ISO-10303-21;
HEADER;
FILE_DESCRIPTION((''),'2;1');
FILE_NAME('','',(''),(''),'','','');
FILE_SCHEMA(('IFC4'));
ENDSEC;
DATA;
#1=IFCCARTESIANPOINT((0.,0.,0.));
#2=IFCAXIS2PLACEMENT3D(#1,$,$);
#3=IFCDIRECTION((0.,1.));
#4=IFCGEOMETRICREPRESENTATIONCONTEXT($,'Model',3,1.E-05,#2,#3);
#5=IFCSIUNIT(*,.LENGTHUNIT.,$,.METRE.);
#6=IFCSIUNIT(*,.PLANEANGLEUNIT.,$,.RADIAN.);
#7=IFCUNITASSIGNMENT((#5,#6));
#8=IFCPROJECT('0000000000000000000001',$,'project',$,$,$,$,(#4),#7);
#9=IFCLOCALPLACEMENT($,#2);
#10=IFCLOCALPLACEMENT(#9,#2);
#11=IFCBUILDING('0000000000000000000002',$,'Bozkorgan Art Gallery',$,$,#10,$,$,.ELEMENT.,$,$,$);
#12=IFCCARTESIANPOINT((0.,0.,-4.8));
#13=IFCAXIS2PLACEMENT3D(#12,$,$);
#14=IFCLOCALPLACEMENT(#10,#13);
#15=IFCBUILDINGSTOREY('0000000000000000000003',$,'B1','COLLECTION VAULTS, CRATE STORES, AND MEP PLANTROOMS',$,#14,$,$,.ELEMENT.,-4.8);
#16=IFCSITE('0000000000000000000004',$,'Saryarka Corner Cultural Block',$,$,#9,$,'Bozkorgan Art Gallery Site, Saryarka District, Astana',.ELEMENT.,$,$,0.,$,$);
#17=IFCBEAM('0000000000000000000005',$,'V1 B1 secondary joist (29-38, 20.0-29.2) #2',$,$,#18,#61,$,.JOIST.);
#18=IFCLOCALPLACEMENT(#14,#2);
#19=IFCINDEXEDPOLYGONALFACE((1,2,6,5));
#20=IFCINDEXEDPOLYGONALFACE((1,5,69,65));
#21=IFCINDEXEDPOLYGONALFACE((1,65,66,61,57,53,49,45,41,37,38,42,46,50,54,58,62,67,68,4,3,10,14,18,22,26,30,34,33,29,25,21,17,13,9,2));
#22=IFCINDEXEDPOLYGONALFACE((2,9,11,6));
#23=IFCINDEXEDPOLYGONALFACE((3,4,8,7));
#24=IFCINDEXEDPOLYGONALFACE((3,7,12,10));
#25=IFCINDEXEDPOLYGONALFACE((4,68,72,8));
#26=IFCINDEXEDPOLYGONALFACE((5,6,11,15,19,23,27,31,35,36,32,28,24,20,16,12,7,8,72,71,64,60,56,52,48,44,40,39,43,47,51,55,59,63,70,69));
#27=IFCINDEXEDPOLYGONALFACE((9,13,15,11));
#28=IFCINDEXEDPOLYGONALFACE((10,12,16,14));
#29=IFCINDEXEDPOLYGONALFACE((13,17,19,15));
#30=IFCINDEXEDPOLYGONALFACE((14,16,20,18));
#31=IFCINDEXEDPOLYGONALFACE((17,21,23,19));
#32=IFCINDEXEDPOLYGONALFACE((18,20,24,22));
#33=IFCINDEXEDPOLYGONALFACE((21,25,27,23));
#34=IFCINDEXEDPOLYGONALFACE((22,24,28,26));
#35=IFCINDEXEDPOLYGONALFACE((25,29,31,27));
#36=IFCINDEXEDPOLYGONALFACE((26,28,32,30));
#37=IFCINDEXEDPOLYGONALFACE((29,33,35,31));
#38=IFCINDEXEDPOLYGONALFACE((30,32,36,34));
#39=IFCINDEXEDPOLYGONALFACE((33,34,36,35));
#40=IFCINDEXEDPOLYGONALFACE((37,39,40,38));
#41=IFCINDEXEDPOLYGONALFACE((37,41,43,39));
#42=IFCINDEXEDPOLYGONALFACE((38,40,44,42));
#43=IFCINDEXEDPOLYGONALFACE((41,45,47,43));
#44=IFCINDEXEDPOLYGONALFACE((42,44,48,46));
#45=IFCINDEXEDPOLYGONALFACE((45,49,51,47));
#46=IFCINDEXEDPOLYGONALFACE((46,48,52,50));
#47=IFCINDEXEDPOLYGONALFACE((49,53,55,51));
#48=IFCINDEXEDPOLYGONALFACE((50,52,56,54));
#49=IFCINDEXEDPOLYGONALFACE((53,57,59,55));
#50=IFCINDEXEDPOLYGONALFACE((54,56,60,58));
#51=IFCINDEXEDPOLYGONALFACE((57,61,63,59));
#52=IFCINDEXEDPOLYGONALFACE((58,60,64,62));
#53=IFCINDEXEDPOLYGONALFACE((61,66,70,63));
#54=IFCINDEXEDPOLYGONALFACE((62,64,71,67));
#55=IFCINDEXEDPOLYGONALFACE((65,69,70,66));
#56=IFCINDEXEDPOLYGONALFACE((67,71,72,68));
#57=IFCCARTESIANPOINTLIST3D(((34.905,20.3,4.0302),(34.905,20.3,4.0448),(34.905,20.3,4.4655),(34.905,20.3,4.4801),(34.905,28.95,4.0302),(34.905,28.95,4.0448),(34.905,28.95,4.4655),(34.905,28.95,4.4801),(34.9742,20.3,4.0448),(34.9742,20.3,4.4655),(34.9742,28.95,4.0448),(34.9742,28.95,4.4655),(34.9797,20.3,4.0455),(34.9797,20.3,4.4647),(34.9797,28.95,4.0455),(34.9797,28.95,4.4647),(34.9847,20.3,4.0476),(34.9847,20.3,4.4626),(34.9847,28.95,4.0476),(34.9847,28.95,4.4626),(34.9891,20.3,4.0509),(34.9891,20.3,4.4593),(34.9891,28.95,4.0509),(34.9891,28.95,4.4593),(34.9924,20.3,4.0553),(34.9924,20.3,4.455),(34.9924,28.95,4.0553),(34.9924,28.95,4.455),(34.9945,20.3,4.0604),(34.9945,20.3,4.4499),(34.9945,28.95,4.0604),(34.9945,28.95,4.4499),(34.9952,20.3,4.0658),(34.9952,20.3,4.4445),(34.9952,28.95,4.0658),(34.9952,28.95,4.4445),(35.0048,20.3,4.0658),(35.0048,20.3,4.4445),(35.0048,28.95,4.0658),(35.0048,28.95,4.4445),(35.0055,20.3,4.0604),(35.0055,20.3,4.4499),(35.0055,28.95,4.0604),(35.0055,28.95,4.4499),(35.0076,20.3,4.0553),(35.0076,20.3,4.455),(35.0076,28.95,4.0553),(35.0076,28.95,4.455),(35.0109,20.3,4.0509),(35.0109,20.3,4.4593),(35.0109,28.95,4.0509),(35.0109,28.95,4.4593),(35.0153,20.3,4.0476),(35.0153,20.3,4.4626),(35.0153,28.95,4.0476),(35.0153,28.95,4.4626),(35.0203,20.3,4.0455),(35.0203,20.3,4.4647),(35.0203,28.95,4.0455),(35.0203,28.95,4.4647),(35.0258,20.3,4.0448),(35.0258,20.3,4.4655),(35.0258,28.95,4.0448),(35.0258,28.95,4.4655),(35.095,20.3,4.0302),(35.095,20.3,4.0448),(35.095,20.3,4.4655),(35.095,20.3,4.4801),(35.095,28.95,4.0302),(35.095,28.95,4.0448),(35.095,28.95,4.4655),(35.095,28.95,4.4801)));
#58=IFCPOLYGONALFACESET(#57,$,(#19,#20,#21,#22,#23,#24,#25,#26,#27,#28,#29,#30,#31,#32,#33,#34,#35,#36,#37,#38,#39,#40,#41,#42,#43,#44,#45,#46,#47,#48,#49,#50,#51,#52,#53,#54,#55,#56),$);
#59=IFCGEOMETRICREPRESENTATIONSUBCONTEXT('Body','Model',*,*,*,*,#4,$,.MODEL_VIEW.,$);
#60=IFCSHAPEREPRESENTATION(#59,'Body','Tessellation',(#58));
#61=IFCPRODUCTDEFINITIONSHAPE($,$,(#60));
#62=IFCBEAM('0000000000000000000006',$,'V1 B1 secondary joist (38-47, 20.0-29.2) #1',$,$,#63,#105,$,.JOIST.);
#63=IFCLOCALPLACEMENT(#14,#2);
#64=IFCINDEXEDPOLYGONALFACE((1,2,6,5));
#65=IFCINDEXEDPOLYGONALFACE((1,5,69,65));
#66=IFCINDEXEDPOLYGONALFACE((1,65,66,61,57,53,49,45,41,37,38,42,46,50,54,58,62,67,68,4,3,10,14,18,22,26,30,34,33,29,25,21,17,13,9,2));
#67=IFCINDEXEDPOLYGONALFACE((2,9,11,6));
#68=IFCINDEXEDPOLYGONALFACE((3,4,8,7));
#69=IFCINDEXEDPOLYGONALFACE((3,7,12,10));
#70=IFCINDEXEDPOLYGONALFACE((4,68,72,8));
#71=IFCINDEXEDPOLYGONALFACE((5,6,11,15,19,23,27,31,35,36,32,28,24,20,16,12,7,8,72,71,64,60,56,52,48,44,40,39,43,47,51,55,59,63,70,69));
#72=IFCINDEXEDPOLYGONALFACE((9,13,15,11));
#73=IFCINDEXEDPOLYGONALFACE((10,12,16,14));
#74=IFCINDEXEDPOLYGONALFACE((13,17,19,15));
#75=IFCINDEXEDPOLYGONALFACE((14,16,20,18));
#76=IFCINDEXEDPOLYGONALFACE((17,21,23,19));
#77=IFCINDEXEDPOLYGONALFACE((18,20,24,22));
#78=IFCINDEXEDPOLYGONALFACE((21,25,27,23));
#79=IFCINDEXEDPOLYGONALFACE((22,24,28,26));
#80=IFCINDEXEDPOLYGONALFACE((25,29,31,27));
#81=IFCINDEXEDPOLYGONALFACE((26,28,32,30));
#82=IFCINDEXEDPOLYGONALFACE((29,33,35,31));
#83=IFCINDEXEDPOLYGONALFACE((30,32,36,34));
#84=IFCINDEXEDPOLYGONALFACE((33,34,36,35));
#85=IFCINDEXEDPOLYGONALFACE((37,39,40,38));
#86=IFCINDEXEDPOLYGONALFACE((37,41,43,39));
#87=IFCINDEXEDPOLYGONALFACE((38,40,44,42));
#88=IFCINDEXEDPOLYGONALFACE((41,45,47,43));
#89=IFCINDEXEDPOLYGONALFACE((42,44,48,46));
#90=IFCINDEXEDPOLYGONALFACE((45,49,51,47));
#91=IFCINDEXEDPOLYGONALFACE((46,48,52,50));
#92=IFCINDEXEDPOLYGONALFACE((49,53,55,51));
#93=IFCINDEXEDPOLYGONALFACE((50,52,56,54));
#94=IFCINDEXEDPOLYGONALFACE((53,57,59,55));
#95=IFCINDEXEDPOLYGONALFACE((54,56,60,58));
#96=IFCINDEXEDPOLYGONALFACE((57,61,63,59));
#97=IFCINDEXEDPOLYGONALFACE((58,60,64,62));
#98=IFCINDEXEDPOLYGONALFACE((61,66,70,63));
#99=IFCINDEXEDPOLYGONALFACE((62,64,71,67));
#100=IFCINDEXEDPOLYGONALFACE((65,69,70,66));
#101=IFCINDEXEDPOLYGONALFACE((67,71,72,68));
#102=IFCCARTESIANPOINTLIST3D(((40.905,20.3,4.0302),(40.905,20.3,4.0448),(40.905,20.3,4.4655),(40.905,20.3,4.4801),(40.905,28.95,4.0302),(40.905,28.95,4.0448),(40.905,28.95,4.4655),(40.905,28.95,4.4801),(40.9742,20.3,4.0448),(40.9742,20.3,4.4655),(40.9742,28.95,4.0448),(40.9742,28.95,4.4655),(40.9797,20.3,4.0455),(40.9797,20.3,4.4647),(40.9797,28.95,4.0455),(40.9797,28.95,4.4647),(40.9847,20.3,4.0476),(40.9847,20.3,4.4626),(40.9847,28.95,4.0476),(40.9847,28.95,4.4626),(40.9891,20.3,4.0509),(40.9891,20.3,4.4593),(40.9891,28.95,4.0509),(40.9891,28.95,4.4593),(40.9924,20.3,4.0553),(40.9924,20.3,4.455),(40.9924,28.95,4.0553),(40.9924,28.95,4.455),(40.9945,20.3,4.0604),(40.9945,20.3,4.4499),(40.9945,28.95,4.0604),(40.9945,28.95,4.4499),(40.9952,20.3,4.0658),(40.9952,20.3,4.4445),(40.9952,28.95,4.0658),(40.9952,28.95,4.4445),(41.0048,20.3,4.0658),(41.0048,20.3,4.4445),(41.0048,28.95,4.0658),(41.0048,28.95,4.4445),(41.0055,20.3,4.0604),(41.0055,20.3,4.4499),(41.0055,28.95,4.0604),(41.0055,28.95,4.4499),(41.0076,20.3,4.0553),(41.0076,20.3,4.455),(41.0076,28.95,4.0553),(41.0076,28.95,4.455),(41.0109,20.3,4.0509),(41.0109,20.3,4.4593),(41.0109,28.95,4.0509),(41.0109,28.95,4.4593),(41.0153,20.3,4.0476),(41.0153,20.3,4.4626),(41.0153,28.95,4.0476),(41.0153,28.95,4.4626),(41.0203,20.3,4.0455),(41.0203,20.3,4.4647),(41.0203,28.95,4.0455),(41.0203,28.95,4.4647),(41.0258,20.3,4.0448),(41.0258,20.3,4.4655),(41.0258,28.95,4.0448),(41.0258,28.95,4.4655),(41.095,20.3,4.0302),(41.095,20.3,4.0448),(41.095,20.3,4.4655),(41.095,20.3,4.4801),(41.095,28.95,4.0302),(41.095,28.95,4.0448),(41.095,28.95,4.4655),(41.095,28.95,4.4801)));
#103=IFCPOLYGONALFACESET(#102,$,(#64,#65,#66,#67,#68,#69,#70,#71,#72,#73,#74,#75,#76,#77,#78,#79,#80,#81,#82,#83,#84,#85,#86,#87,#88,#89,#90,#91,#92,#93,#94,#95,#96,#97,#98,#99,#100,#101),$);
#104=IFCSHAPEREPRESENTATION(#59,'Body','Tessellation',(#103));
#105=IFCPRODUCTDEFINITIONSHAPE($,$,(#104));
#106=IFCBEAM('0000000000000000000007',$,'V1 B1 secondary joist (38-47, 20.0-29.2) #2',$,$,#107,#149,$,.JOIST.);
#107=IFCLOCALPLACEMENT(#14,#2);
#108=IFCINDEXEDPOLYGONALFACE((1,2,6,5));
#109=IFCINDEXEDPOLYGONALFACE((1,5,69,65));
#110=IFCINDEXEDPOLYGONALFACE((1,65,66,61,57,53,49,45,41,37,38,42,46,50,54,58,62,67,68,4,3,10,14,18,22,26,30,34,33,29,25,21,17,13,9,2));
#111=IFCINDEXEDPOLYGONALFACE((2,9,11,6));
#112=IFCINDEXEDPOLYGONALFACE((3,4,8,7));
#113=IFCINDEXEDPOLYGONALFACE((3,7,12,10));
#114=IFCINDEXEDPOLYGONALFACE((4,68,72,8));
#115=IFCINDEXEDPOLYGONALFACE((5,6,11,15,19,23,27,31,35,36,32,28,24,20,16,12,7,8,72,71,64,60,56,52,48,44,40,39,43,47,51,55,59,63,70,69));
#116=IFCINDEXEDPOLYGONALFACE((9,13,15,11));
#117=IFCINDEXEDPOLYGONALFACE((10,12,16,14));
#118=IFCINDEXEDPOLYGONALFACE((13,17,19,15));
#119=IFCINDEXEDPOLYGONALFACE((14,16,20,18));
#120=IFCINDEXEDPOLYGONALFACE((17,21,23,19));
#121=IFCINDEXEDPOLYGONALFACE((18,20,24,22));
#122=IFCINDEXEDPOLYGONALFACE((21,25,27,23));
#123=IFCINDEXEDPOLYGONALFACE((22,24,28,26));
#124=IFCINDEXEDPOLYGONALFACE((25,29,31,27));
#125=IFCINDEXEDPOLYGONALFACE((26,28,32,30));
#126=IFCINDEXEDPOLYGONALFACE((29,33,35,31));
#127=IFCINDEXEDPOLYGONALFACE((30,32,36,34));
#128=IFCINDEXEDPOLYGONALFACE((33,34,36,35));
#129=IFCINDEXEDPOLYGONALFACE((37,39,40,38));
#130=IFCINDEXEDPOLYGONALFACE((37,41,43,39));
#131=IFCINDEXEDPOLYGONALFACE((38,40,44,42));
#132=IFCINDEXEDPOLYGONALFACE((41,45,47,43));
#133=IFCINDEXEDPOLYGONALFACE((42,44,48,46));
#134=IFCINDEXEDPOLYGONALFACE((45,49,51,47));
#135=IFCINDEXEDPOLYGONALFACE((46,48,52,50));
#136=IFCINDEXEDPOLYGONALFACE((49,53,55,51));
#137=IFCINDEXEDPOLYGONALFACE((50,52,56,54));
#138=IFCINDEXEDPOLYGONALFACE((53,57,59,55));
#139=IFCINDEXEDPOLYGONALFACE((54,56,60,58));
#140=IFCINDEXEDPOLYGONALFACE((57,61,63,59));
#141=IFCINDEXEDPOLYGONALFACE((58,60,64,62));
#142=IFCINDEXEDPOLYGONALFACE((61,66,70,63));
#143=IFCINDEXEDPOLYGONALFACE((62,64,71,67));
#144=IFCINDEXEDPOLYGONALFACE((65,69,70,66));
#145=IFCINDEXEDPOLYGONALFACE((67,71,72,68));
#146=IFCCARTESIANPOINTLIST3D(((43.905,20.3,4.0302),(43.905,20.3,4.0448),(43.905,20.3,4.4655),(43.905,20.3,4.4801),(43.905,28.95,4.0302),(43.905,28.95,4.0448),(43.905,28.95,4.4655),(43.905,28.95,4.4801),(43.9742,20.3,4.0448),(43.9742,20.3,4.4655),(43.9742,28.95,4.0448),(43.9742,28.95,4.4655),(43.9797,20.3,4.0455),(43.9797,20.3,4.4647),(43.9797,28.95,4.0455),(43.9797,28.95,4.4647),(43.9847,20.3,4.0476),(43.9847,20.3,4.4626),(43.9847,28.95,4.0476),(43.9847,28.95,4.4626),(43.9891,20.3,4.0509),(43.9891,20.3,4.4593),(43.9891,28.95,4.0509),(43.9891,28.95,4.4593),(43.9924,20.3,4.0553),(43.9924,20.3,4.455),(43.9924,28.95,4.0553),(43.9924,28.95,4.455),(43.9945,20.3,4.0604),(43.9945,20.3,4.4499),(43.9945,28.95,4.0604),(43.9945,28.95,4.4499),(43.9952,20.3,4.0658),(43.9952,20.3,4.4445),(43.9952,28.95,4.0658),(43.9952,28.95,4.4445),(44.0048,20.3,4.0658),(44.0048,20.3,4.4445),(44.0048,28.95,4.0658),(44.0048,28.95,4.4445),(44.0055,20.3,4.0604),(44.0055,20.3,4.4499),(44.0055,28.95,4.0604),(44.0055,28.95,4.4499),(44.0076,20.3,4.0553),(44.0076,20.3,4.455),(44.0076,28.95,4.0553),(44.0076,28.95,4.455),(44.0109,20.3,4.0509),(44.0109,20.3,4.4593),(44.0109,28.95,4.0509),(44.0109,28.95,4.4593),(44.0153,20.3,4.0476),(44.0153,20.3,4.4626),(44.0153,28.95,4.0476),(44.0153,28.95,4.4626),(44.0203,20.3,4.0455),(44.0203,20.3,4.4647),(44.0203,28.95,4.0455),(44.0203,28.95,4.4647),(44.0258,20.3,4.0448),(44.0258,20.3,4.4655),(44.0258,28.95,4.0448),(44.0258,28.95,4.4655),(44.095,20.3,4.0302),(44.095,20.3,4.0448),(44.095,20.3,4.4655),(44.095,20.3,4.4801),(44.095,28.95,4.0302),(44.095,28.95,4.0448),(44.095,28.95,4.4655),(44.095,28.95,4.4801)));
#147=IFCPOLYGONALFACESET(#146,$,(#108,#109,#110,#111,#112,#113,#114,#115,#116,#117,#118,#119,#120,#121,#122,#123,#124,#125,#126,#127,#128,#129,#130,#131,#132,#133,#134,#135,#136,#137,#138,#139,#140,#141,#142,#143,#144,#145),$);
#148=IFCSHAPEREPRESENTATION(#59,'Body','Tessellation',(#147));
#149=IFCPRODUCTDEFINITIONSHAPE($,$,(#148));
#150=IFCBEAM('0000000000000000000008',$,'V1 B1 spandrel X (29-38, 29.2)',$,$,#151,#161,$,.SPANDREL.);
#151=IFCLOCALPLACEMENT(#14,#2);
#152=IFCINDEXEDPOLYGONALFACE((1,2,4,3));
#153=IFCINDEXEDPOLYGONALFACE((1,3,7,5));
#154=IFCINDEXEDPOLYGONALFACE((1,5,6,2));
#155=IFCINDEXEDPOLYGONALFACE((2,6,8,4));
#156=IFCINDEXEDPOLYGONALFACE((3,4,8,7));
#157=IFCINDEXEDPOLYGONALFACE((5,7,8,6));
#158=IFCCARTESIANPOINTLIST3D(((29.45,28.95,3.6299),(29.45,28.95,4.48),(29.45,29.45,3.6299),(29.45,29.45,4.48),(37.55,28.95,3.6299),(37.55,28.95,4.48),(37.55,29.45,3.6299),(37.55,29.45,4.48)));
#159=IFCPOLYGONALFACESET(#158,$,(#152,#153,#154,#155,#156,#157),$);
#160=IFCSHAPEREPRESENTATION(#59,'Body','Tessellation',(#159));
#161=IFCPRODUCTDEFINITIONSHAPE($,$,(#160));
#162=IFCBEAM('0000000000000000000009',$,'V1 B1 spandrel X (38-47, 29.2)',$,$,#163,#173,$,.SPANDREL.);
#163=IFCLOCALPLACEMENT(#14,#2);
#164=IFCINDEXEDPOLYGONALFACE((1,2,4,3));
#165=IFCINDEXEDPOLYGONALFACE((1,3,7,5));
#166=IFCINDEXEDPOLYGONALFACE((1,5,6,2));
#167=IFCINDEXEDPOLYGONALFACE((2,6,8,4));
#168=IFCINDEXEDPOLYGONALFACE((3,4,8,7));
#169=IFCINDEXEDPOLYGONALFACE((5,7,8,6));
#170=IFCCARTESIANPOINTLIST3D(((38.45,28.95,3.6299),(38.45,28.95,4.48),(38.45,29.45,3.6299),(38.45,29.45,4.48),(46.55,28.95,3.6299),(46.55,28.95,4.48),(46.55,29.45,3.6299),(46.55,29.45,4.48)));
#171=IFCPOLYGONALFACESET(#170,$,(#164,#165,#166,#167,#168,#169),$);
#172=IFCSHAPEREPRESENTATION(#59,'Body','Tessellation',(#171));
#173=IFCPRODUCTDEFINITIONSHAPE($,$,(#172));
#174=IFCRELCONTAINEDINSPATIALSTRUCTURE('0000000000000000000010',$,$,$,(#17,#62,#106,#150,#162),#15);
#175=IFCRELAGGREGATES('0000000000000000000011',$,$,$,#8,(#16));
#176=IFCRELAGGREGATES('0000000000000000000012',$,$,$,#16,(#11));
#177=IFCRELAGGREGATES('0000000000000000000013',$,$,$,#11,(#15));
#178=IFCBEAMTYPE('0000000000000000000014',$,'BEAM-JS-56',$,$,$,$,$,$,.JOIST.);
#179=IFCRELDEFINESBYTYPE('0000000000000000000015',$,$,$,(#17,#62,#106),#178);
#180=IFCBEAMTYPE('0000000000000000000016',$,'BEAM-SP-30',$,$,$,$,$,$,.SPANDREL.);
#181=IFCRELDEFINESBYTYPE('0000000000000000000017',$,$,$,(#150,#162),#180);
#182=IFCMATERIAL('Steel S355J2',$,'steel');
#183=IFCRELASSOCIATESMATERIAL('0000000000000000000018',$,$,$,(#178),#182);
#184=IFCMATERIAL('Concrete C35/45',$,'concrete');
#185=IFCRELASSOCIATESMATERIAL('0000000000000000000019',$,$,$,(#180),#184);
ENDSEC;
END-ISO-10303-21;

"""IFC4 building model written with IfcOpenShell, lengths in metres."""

from ifc_helpers import new_model, si_unit, direction, frame, origin, origin_2d, place, context, subcontext, project, spatial, rectangle, i_section, extrude, material, material_profile, profile_set, type_object, element, save


model = new_model("IFC4")

# Units and contexts
model_context = context("Model", 3, precision=1e-05, world=origin(), true_north=direction((0.0, 1.0)))
body_context = subcontext(model_context, "Body", "Model", "MODEL_VIEW")
ifc_project = project(units=[si_unit("LENGTHUNIT", "METRE"), si_unit("PLANEANGLEUNIT", "RADIAN")], contexts=[model_context])

# Site, building, storey
site_placement = place(None, origin())
site = spatial("IfcSite", under=ifc_project, at=site_placement, Name="Saryarka Corner Cultural Block", LongName="Bozkorgan Art Gallery Site, Saryarka District, Astana", CompositionType="ELEMENT", RefElevation=0.0)
building_placement = place(site_placement, origin())
building = spatial("IfcBuilding", under=site, at=building_placement, Name="Bozkorgan Art Gallery", CompositionType="ELEMENT")
storey_placement = place(building_placement, frame((0.0, 0.0, -4.8)))
storey = spatial("IfcBuildingStorey", under=building, at=storey_placement, Name="B1", Description="COLLECTION VAULTS, CRATE STORES, AND MEP PLANTROOMS", CompositionType="ELEMENT", Elevation=-4.8)

# Beams
ifc_material_1 = material(Name="Concrete C35/45", Category="concrete")
ifc_material_2 = material(Name="Steel S355J2", Category="steel")
ifc_material_profile_1 = material_profile(ifc_material_2, i_section(OverallWidth=0.1899, OverallDepth=0.45, WebThickness=0.0095, FlangeThickness=0.0146, FilletRadius=0.021, at=origin_2d()), Name="IPE 450")
ifc_profile_set_1 = profile_set([ifc_material_profile_1], Name="Steel S355J2")
beam_type_1 = type_object("IfcBeamType", Name="BEAM-JS-56", PredefinedType="JOIST", material=ifc_profile_set_1)
for number, where, z_axis, x_axis, name in (
    (1, (35.0, 20.3, 4.2551), (0.0, 1.0, 0.0), (-1.0, 0.0, 0.0), "V1 B1 secondary joist (29-38, 20.0-29.2) #2"),
    (2, (41.0, 20.3, 4.2551), (0.0, 1.0, 0.0), (-1.0, 0.0, 0.0), "V1 B1 secondary joist (38-47, 20.0-29.2) #1"),
    (3, (44.0, 20.3, 4.2551), (0.0, 1.0, 0.0), (-1.0, 0.0, 0.0), "V1 B1 secondary joist (38-47, 20.0-29.2) #2"),
):
    element("IfcBeam", number, at=place(storey_placement, frame(where, z_axis=z_axis, x_axis=x_axis)), inside=storey, type_object=beam_type_1, Name=name, PredefinedType="JOIST", context=body_context, shape_type="SweptSolid", body=[
        extrude(i_section(OverallWidth=0.1899, OverallDepth=0.45, WebThickness=0.0095, FlangeThickness=0.0146, FilletRadius=0.021, at=origin_2d()), origin(), (0.0, 0.0, 1.0), 8.6499),
    ])
ifc_material_profile_2 = material_profile(ifc_material_1, rectangle(XDim=0.5, YDim=0.8501, at=origin_2d()), Name="RC 500x850")
ifc_profile_set_2 = profile_set([ifc_material_profile_2], Name="Concrete C35/45")
beam_type_2 = type_object("IfcBeamType", Name="BEAM-SP-30", PredefinedType="SPANDREL", material=ifc_profile_set_2)
for number, where, z_axis, x_axis, name in (
    (4, (29.45, 29.2, 4.0549), (1.0, 0.0, 0.0), (0.0, 1.0, 0.0), "V1 B1 spandrel X (29-38, 29.2)"),
    (5, (38.45, 29.2, 4.0549), (1.0, 0.0, 0.0), (0.0, 1.0, 0.0), "V1 B1 spandrel X (38-47, 29.2)"),
):
    element("IfcBeam", number, at=place(storey_placement, frame(where, z_axis=z_axis, x_axis=x_axis)), inside=storey, type_object=beam_type_2, Name=name, PredefinedType="SPANDREL", context=body_context, shape_type="SweptSolid", body=[
        extrude(rectangle(XDim=0.5, YDim=0.8501, at=origin_2d()), origin(), (0.0, 0.0, 1.0), 8.1001),
    ])

save(model, "model.ifc")
